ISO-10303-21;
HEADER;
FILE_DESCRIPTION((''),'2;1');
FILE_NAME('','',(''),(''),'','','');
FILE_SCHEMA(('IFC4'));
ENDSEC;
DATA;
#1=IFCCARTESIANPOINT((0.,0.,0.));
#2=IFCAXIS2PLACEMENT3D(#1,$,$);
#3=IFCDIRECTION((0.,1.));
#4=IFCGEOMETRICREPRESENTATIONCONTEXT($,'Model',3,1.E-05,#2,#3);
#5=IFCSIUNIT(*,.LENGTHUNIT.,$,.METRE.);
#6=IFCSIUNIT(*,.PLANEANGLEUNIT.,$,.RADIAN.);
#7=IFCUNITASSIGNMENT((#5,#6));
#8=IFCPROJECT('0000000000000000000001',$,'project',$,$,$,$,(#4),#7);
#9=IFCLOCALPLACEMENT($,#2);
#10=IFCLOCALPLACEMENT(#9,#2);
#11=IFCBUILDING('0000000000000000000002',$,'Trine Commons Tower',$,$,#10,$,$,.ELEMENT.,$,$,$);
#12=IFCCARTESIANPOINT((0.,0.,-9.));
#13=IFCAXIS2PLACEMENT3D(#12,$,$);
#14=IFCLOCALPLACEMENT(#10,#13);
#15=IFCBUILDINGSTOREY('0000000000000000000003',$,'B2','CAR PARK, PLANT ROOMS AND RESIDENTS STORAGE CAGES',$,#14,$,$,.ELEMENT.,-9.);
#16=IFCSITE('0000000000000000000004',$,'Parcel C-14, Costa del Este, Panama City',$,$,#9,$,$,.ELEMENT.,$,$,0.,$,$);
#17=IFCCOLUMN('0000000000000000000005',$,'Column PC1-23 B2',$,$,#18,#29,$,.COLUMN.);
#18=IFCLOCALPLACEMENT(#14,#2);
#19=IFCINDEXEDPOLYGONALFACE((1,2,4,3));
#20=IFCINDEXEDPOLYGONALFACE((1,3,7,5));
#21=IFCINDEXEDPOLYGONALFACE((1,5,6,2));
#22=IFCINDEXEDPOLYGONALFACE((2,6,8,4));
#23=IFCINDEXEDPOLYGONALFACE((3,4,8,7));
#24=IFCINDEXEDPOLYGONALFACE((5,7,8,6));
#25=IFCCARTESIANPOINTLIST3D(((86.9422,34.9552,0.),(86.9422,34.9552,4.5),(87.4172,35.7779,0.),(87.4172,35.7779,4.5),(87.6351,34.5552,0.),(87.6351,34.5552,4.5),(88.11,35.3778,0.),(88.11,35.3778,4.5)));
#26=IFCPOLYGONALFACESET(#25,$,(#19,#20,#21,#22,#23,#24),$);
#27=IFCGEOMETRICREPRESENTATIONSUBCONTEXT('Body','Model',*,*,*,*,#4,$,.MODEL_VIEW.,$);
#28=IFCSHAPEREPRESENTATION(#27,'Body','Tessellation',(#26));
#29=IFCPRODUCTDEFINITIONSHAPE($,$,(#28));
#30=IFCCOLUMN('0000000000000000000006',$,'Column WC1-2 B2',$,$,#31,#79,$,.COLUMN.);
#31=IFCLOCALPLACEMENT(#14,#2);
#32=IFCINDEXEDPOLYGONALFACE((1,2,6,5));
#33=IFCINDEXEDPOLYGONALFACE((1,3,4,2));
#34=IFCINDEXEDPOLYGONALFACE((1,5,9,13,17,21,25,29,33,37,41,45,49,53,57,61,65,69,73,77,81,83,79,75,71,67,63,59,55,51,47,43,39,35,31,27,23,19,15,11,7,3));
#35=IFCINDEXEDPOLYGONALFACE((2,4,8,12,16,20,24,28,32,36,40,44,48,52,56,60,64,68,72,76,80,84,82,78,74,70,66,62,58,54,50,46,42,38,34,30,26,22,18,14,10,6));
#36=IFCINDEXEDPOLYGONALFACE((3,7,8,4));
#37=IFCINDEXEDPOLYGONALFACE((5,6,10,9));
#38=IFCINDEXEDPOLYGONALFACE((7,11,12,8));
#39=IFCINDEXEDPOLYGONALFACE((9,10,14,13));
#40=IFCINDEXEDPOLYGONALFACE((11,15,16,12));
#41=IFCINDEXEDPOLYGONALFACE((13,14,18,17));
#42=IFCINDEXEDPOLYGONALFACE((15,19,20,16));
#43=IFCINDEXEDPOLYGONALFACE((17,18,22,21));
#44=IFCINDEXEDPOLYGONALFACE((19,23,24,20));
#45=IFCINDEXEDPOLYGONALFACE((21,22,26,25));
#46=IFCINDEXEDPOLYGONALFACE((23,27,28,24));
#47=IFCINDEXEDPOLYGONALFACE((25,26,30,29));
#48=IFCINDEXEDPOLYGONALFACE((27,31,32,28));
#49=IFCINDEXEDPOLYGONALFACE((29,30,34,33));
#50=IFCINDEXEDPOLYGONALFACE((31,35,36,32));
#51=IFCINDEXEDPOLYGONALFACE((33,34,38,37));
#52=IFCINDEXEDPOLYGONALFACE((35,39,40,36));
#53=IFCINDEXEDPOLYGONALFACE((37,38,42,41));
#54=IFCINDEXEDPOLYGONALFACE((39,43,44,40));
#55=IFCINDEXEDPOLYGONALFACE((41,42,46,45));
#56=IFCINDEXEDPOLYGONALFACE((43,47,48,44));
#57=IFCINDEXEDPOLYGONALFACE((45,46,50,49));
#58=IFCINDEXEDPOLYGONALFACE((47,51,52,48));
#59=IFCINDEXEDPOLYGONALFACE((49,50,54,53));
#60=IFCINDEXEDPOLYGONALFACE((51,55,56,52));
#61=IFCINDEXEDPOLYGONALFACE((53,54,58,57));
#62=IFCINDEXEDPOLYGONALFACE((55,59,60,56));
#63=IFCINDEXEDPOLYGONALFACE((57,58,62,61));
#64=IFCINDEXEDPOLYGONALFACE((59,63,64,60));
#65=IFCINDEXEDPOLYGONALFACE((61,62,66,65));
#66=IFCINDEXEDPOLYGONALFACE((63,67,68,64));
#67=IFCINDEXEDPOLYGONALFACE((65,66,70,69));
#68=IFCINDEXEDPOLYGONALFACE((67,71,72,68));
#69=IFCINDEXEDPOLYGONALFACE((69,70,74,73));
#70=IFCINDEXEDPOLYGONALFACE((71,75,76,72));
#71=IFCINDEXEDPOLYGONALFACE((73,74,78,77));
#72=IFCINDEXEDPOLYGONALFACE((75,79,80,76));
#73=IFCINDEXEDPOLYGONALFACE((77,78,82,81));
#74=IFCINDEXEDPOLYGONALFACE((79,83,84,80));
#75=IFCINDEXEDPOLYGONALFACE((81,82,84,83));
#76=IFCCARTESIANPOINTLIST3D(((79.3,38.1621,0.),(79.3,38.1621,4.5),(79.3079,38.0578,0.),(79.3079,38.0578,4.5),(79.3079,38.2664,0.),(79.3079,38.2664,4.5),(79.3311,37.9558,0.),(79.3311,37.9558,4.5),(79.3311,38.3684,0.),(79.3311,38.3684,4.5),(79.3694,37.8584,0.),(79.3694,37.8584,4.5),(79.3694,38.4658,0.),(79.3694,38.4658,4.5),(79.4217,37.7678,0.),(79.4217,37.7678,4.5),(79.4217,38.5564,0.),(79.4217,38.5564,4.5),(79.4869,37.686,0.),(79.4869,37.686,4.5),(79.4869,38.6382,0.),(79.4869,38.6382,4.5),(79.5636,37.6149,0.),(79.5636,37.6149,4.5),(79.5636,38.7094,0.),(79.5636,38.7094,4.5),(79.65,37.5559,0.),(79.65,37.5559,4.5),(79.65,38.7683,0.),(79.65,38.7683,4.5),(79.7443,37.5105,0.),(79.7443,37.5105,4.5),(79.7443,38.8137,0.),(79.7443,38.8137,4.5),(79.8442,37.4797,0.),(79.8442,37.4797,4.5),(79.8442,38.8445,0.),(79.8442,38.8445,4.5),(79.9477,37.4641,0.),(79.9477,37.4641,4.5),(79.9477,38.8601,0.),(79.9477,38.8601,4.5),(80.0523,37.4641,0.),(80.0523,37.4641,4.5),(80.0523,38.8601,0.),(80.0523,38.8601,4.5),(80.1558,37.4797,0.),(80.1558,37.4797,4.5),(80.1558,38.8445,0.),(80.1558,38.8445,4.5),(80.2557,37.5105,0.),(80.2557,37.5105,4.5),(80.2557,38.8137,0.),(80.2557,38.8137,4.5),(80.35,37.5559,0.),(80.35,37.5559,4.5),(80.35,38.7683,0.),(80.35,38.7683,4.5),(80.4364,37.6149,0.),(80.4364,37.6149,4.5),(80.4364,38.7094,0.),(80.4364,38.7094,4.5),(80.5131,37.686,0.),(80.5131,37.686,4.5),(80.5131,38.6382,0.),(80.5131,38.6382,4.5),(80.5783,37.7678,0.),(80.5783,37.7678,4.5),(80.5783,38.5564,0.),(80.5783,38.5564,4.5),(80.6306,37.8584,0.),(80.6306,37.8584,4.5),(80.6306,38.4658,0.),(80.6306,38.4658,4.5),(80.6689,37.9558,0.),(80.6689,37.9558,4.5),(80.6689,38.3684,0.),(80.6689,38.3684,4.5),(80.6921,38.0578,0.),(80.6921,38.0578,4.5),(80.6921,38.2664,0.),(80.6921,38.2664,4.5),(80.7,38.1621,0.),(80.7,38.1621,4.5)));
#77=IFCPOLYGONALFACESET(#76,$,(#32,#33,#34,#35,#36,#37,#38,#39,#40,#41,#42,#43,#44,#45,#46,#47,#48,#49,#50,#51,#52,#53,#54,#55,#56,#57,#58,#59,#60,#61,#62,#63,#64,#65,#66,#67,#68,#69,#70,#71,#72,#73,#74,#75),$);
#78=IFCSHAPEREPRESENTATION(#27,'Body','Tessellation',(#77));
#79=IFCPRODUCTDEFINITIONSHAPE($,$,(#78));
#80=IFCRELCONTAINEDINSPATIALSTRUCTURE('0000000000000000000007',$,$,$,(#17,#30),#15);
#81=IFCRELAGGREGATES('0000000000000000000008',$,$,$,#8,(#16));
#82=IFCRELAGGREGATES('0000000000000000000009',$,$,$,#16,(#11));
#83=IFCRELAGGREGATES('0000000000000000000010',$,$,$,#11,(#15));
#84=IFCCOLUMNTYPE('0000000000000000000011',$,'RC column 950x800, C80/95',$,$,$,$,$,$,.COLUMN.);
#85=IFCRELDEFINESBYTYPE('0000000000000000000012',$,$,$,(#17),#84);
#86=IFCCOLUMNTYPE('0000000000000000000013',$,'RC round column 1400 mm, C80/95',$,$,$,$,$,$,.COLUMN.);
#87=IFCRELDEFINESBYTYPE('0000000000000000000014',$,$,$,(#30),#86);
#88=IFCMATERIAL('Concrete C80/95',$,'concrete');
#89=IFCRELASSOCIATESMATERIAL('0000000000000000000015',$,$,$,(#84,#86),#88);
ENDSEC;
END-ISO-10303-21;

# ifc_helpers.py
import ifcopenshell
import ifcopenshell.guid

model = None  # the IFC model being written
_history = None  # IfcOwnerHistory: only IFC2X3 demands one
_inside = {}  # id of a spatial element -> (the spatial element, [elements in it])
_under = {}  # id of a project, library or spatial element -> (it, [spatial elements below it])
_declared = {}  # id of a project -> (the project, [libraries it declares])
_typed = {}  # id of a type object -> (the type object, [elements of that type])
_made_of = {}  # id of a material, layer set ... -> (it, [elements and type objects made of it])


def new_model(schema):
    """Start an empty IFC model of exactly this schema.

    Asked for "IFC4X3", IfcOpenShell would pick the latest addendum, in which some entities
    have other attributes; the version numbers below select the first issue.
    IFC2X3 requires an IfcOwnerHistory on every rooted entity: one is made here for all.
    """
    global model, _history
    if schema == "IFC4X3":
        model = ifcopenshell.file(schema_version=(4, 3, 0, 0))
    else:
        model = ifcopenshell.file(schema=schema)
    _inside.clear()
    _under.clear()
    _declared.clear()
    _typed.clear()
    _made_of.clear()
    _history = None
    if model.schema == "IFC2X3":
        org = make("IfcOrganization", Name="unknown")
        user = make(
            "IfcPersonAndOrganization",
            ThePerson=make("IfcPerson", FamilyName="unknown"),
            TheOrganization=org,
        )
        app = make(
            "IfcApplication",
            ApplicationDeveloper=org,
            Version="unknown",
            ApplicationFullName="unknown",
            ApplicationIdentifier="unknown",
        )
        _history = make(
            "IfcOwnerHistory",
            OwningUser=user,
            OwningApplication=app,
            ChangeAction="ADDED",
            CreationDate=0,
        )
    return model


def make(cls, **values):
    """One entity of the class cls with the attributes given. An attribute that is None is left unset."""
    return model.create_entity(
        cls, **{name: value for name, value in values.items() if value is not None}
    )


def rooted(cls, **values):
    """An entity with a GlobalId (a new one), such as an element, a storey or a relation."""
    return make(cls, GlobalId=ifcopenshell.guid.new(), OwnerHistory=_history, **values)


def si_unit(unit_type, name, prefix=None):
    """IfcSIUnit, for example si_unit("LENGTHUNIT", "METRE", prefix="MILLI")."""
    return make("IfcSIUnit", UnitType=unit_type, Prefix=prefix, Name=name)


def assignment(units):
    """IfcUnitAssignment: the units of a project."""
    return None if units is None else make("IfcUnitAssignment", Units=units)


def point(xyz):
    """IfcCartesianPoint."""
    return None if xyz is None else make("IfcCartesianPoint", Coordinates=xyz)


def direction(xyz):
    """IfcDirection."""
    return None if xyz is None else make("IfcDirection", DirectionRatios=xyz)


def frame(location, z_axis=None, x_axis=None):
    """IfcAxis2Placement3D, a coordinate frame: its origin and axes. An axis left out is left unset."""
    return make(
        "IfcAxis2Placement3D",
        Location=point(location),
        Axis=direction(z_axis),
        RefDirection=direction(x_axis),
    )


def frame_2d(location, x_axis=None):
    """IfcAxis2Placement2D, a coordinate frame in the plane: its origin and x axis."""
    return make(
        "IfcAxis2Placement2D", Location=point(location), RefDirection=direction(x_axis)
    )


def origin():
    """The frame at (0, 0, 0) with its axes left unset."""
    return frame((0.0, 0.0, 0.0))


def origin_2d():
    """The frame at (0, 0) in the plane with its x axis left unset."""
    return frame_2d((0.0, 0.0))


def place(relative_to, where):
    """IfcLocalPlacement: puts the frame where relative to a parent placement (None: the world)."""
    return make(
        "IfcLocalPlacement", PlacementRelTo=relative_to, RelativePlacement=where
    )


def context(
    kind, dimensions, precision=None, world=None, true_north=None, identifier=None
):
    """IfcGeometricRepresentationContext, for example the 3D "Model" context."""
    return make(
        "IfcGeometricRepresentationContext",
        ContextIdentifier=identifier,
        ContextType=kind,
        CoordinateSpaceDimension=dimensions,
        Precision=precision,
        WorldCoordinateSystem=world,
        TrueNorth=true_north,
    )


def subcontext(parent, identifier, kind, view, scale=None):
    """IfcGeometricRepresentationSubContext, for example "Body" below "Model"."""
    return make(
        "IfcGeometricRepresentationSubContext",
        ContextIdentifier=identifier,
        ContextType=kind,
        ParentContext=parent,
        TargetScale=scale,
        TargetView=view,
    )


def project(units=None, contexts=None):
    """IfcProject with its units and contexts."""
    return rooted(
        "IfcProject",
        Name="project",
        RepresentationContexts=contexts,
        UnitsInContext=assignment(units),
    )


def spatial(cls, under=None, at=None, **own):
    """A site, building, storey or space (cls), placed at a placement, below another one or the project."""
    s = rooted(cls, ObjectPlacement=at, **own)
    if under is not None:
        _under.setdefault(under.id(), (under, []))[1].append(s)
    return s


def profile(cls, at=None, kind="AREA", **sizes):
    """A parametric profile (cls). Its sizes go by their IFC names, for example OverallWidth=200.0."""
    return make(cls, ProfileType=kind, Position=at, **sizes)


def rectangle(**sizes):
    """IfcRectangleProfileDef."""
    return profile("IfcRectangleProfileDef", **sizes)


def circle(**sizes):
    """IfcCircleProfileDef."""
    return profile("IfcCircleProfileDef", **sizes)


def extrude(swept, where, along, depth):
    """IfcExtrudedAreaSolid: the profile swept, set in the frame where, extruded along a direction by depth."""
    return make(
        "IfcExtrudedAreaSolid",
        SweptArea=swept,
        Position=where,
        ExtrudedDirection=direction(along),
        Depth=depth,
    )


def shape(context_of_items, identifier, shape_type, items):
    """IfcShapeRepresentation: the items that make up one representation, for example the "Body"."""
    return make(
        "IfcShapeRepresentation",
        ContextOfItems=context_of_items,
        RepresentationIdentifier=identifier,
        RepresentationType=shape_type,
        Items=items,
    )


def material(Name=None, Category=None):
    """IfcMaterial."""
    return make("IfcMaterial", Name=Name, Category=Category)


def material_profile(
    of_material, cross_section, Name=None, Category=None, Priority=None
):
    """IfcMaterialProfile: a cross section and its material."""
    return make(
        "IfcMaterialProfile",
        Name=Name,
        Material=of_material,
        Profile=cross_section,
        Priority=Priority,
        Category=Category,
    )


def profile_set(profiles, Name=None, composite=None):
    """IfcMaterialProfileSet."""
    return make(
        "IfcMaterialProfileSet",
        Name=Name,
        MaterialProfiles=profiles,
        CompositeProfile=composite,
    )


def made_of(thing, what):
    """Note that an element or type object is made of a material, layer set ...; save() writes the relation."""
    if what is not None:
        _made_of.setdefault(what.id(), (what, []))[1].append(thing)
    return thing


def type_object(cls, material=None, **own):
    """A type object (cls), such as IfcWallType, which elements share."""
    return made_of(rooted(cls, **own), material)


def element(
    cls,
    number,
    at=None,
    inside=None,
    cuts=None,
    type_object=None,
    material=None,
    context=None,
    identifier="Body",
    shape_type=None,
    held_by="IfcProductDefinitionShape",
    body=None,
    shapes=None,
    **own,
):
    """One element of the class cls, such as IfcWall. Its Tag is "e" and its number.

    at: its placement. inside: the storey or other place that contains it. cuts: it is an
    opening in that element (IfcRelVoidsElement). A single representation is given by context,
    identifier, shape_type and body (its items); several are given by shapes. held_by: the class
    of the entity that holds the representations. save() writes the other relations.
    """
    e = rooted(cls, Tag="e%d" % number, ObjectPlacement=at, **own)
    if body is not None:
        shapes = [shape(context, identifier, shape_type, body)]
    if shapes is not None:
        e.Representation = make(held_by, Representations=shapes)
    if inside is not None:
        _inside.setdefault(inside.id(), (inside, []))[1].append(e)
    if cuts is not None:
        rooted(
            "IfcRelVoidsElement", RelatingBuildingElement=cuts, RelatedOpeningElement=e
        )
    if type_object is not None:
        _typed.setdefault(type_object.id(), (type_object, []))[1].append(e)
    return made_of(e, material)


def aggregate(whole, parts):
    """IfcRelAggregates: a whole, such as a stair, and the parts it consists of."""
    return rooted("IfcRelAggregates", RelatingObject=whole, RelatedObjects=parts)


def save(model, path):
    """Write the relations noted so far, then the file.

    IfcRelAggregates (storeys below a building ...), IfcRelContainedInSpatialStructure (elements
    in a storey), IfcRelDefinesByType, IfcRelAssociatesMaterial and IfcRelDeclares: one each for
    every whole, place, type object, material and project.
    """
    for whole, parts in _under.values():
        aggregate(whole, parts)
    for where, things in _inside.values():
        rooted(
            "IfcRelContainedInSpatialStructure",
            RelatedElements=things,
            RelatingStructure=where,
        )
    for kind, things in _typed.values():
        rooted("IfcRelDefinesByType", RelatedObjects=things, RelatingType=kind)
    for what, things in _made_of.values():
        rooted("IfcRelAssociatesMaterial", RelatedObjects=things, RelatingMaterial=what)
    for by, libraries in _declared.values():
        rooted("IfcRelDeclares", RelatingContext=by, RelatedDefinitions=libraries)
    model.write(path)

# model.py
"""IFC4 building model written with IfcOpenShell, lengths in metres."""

from ifc_helpers import new_model, si_unit, direction, frame, origin, origin_2d, place, context, subcontext, project, spatial, rectangle, circle, extrude, material, material_profile, profile_set, type_object, element, save


model = new_model("IFC4")

# Units and contexts
model_context = context("Model", 3, precision=1e-05, world=origin(), true_north=direction((0.0, 1.0)))
body_context = subcontext(model_context, "Body", "Model", "MODEL_VIEW")
ifc_project = project(units=[si_unit("LENGTHUNIT", "METRE"), si_unit("PLANEANGLEUNIT", "RADIAN")], contexts=[model_context])

# Site, building, storey
site_placement = place(None, origin())
site = spatial("IfcSite", under=ifc_project, at=site_placement, Name="Parcel C-14, Costa del Este, Panama City", CompositionType="ELEMENT", RefElevation=0.0)
building_placement = place(site_placement, origin())
building = spatial("IfcBuilding", under=site, at=building_placement, Name="Trine Commons Tower", CompositionType="ELEMENT")
storey_placement = place(building_placement, frame((0.0, 0.0, -9.0)))
storey = spatial("IfcBuildingStorey", under=building, at=storey_placement, Name="B2", Description="CAR PARK, PLANT ROOMS AND RESIDENTS STORAGE CAGES", CompositionType="ELEMENT", Elevation=-9.0)

# Columns
ifc_material_1 = material(Name="Concrete C80/95", Category="concrete")
ifc_material_profile_1 = material_profile(ifc_material_1, rectangle(XDim=0.95, YDim=0.8, at=origin_2d()), Name="RC 950x800")
ifc_profile_set_1 = profile_set([ifc_material_profile_1], Name="Concrete C80/95")
column_type_1 = type_object("IfcColumnType", Name="RC column 950x800, C80/95", PredefinedType="COLUMN", material=ifc_profile_set_1)
column_1_placement = place(storey_placement, frame((87.5261, 35.1665, 0.0), z_axis=(0.0, 0.0, 1.0), x_axis=(0.5, 0.866025, 0.0)))
element("IfcColumn", 1, at=column_1_placement, inside=storey, type_object=column_type_1, Name="Column PC1-23 B2", PredefinedType="COLUMN", context=body_context, shape_type="SweptSolid", body=[
    extrude(rectangle(XDim=0.95, YDim=0.8, at=origin_2d()), origin(), (0.0, 0.0, 1.0), 4.5),
])
ifc_material_profile_2 = material_profile(ifc_material_1, circle(Radius=0.7, at=origin_2d()), Name="RC round 1400")
ifc_profile_set_2 = profile_set([ifc_material_profile_2], Name="Concrete C80/95")
column_type_2 = type_object("IfcColumnType", Name="RC round column 1400 mm, C80/95", PredefinedType="COLUMN", material=ifc_profile_set_2)
column_2_placement = place(storey_placement, frame((80.0, 38.1621, 0.0), z_axis=(0.0, 0.0, 1.0), x_axis=(1.0, 0.0, 0.0)))
element("IfcColumn", 2, at=column_2_placement, inside=storey, type_object=column_type_2, Name="Column WC1-2 B2", PredefinedType="COLUMN", context=body_context, shape_type="SweptSolid", body=[
    extrude(circle(Radius=0.7, at=origin_2d()), origin(), (0.0, 0.0, 1.0), 4.5),
])

save(model, "model.ifc")
